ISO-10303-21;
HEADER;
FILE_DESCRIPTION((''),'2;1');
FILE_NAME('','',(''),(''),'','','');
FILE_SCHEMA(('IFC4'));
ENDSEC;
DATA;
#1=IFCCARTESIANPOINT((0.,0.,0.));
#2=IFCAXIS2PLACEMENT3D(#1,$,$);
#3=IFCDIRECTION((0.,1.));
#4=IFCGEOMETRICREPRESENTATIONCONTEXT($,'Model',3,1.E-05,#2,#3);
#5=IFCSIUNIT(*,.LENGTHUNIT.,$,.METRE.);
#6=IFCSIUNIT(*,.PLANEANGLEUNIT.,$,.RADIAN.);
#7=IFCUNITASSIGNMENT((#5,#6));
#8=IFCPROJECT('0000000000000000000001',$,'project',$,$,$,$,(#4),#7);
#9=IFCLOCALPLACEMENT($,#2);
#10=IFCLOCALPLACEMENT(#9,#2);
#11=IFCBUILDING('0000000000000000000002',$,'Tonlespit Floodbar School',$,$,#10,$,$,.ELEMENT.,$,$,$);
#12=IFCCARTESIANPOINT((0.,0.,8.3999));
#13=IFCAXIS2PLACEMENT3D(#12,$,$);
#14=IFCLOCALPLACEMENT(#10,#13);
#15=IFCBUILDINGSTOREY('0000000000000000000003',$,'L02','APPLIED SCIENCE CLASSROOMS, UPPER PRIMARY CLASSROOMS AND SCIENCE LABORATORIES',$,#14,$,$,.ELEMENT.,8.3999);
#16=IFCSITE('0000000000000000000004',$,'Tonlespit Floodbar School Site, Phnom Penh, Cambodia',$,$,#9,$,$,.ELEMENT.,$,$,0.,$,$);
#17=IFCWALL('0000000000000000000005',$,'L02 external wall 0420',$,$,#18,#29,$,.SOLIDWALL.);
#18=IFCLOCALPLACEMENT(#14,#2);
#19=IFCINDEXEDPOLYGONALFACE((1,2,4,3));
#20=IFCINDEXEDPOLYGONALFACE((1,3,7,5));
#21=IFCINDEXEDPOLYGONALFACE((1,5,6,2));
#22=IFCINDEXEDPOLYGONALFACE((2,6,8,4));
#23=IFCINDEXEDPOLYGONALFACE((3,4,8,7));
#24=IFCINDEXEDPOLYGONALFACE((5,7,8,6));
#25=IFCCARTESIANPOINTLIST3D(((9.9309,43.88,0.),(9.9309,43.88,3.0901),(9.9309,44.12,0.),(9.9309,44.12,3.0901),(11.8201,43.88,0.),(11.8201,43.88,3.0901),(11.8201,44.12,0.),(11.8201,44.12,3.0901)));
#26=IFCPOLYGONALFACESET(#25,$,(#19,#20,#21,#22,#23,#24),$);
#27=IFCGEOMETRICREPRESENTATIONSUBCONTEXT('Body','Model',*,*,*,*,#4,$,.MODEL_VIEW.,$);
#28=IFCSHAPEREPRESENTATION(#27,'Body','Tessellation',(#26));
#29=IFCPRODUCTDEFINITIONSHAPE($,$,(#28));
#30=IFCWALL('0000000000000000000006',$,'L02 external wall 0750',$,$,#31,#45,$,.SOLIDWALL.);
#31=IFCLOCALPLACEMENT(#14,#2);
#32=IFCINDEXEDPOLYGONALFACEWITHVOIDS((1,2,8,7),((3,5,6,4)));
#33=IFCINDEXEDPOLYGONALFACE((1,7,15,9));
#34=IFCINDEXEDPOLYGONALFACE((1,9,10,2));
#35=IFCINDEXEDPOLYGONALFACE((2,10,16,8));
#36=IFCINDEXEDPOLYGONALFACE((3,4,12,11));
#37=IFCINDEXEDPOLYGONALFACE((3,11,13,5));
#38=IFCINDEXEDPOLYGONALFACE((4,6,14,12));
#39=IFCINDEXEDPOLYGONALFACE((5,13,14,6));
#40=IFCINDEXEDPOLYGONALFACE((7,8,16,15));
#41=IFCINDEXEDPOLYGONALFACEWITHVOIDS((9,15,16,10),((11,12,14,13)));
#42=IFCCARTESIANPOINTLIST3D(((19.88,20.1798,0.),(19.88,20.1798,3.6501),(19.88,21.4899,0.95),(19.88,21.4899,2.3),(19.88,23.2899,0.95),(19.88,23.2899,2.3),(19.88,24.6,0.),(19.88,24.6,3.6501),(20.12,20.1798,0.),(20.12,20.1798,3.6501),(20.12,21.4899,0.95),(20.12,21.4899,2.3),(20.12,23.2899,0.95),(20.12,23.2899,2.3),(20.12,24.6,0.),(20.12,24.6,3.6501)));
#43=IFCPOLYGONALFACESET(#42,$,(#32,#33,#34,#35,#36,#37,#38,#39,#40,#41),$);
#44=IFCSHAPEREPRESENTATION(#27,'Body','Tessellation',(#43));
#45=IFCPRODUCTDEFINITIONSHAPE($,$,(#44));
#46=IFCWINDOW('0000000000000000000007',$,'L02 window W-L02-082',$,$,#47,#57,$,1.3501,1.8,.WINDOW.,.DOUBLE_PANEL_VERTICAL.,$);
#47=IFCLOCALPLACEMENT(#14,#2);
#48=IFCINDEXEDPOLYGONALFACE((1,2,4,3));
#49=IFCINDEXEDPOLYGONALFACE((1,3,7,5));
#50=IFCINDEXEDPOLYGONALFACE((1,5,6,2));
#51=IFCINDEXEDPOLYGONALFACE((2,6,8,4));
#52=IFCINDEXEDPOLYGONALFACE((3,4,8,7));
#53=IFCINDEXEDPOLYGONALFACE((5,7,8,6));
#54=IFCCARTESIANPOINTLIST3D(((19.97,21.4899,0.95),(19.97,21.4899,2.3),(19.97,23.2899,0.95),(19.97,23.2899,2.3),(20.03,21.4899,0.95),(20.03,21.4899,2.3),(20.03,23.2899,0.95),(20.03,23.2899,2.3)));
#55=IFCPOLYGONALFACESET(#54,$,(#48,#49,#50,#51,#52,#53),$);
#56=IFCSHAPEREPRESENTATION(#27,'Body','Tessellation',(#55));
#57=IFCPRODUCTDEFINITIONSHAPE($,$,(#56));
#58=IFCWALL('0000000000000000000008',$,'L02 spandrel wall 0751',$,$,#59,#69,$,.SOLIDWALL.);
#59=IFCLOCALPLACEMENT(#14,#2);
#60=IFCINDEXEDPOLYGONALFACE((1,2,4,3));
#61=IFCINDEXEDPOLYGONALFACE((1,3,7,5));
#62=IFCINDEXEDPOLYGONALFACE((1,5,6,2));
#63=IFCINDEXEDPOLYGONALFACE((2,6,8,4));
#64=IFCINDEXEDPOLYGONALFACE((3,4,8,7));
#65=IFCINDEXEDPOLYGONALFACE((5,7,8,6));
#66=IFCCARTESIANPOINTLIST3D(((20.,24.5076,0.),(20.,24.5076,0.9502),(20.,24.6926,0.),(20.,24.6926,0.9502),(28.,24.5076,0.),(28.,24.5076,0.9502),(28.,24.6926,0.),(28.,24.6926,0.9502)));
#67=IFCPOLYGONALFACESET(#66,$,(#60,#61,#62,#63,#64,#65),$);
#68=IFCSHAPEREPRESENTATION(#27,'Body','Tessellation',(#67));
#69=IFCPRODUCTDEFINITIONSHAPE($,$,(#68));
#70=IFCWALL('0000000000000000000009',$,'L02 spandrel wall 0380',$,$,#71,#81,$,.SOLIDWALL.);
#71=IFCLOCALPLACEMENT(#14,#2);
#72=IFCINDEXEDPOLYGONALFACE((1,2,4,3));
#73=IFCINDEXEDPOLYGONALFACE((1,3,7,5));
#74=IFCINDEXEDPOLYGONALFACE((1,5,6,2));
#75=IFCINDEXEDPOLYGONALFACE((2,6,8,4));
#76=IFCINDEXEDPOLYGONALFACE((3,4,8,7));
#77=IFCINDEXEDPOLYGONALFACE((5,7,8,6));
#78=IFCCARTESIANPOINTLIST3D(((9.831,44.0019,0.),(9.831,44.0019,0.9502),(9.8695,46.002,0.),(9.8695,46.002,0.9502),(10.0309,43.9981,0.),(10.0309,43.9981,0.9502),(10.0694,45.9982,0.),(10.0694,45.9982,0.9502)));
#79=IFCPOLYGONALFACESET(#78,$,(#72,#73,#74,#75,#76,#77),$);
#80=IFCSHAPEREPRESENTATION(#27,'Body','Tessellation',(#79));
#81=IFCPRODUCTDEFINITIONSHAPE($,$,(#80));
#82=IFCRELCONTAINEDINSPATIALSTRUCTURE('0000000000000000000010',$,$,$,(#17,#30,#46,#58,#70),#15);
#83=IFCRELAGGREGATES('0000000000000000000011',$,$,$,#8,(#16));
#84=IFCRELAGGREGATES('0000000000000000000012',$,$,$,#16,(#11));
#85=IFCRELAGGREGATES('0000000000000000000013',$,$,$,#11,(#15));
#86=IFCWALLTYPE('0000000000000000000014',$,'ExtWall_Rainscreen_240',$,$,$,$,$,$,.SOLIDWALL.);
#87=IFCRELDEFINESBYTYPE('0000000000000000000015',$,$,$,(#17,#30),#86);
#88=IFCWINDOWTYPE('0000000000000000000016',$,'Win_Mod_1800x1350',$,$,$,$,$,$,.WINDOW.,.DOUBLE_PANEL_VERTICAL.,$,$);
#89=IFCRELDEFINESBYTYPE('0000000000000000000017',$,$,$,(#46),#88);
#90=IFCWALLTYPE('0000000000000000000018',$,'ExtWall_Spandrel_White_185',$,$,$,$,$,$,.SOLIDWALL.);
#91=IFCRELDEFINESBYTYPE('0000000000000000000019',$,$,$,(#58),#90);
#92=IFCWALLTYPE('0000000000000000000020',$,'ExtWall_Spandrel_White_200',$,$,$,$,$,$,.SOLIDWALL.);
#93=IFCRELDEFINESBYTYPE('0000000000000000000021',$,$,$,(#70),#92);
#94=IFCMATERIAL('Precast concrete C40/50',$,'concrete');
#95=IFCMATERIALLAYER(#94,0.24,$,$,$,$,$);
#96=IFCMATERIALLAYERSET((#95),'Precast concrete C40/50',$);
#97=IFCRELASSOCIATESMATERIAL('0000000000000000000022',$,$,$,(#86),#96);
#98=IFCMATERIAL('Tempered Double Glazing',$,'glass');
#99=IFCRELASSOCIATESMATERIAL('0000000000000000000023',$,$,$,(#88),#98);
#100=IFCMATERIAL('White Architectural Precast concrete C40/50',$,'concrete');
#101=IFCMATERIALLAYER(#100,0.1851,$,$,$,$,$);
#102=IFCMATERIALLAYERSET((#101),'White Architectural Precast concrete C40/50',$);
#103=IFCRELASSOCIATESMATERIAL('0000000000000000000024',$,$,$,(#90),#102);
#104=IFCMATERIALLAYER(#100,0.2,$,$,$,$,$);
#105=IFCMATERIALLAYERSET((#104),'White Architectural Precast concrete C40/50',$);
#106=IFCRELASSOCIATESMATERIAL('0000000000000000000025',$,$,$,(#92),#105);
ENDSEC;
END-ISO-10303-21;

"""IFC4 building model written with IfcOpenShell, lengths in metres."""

from ifc_helpers import new_model, si_unit, direction, frame, frame_2d, origin, place, context, subcontext, project, spatial, rectangle, extrude, material, layer, layer_set, type_object, element, fill, save


model = new_model("IFC4")

# Units and contexts
model_context = context("Model", 3, precision=1e-05, world=origin(), true_north=direction((0.0, 1.0)))
body_context = subcontext(model_context, "Body", "Model", "MODEL_VIEW")
ifc_project = project(units=[si_unit("LENGTHUNIT", "METRE"), si_unit("PLANEANGLEUNIT", "RADIAN")], contexts=[model_context])

# Site, building, storey
site_placement = place(None, origin())
site = spatial("IfcSite", under=ifc_project, at=site_placement, Name="Tonlespit Floodbar School Site, Phnom Penh, Cambodia", CompositionType="ELEMENT", RefElevation=0.0)
building_placement = place(site_placement, origin())
building = spatial("IfcBuilding", under=site, at=building_placement, Name="Tonlespit Floodbar School", CompositionType="ELEMENT")
storey_placement = place(building_placement, frame((0.0, 0.0, 8.3999)))
storey = spatial("IfcBuildingStorey", under=building, at=storey_placement, Name="L02", Description="APPLIED SCIENCE CLASSROOMS, UPPER PRIMARY CLASSROOMS AND SCIENCE LABORATORIES", CompositionType="ELEMENT", Elevation=8.3999)

# Shared definitions
ifc_material_1 = material(Name="Precast concrete C40/50", Category="concrete")
ifc_layer_1 = layer(ifc_material_1, 0.24)
ifc_layer_set_1 = layer_set([ifc_layer_1], Name="Precast concrete C40/50")
wall_type_1 = type_object("IfcWallType", Name="ExtWall_Rainscreen_240", PredefinedType="SOLIDWALL", material=ifc_layer_set_1)

# Wall
wall_1_placement = place(storey_placement, frame((11.8201, 44.0, 0.0), z_axis=(0.0, 0.0, 1.0), x_axis=(-1.0, 0.0, 0.0)))
element("IfcWall", 1, at=wall_1_placement, inside=storey, type_object=wall_type_1, Name="L02 external wall 0420", PredefinedType="SOLIDWALL", context=body_context, shape_type="SweptSolid", body=[
    extrude(rectangle(XDim=1.8892, YDim=0.24, at=frame_2d((0.9446, 0.0))), origin(), (0.0, 0.0, 1.0), 3.0901),
])

# Wall, opening, window
wall_2_placement = place(storey_placement, frame((20.0, 20.1799, 0.0), z_axis=(0.0, 0.0, 1.0), x_axis=(0.0, 1.0, 0.0)))
wall_2 = element("IfcWall", 2, at=wall_2_placement, inside=storey, type_object=wall_type_1, Name="L02 external wall 0750", PredefinedType="SOLIDWALL", context=body_context, shape_type="SweptSolid", body=[
    extrude(rectangle(XDim=4.4202, YDim=0.24, at=frame_2d((2.21, 0.0))), origin(), (0.0, 0.0, 1.0), 3.6501),
])
opening_1_placement = place(wall_2_placement, frame((1.3101, 0.0, 0.95)))
opening_1 = element("IfcOpeningElement", 3, at=opening_1_placement, cuts=wall_2, PredefinedType="OPENING", context=body_context, shape_type="SweptSolid", body=[
    extrude(rectangle(XDim=1.8, YDim=1.3501, at=frame_2d((0.8999, 0.675))), frame((0.0, 0.1299, 0.0), z_axis=(0.0, -1.0, 0.0), x_axis=(1.0, 0.0, 0.0)), (0.0, 0.0, 1.0), 0.26),
])
ifc_material_2 = material(Name="Tempered Double Glazing", Category="glass")
window_type = type_object("IfcWindowType", Name="Win_Mod_1800x1350", PartitioningType="DOUBLE_PANEL_VERTICAL", PredefinedType="WINDOW", material=ifc_material_2)
window_placement = place(opening_1_placement, origin())
window = element("IfcWindow", 4, at=window_placement, inside=storey, type_object=window_type, Name="L02 window W-L02-082", OverallHeight=1.3501, OverallWidth=1.8, PartitioningType="DOUBLE_PANEL_VERTICAL", PredefinedType="WINDOW", context=body_context, shape_type="SweptSolid", body=[
    extrude(rectangle(XDim=1.8, YDim=1.3501, at=frame_2d((0.8999, 0.675))), frame((0.0, 0.03, 0.0), z_axis=(0.0, -1.0, 0.0), x_axis=(1.0, 0.0, 0.0)), (0.0, 0.0, 1.0), 0.0601),
])
fill(opening_1, window)

# Walls
ifc_material_3 = material(Name="White Architectural Precast concrete C40/50", Category="concrete")
ifc_layer_2 = layer(ifc_material_3, 0.1851)
ifc_layer_set_2 = layer_set([ifc_layer_2], Name="White Architectural Precast concrete C40/50")
wall_type_2 = type_object("IfcWallType", Name="ExtWall_Spandrel_White_185", PredefinedType="SOLIDWALL", material=ifc_layer_set_2)
wall_3_placement = place(storey_placement, frame((20.0, 24.6001, 0.0), z_axis=(0.0, 0.0, 1.0), x_axis=(1.0, 0.0, 0.0)))
element("IfcWall", 5, at=wall_3_placement, inside=storey, type_object=wall_type_2, Name="L02 spandrel wall 0751", PredefinedType="SOLIDWALL", context=body_context, shape_type="SweptSolid", body=[
    extrude(rectangle(XDim=8.0, YDim=0.1851, at=frame_2d((4.0, 0.0))), origin(), (0.0, 0.0, 1.0), 0.9502),
])
ifc_layer_3 = layer(ifc_material_3, 0.2)
ifc_layer_set_3 = layer_set([ifc_layer_3], Name="White Architectural Precast concrete C40/50")
wall_type_3 = type_object("IfcWallType", Name="ExtWall_Spandrel_White_200", PredefinedType="SOLIDWALL", material=ifc_layer_set_3)
wall_4_placement = place(storey_placement, frame((9.9309, 44.0, 0.0), z_axis=(0.0, 0.0, 1.0), x_axis=(0.019284, 0.999814, 0.0)))
element("IfcWall", 6, at=wall_4_placement, inside=storey, type_object=wall_type_3, Name="L02 spandrel wall 0380", PredefinedType="SOLIDWALL", context=body_context, shape_type="SweptSolid", body=[
    extrude(rectangle(XDim=2.0005, YDim=0.2, at=frame_2d((1.0002, 0.0))), origin(), (0.0, 0.0, 1.0), 0.9502),
])

save(model, "model.ifc")
